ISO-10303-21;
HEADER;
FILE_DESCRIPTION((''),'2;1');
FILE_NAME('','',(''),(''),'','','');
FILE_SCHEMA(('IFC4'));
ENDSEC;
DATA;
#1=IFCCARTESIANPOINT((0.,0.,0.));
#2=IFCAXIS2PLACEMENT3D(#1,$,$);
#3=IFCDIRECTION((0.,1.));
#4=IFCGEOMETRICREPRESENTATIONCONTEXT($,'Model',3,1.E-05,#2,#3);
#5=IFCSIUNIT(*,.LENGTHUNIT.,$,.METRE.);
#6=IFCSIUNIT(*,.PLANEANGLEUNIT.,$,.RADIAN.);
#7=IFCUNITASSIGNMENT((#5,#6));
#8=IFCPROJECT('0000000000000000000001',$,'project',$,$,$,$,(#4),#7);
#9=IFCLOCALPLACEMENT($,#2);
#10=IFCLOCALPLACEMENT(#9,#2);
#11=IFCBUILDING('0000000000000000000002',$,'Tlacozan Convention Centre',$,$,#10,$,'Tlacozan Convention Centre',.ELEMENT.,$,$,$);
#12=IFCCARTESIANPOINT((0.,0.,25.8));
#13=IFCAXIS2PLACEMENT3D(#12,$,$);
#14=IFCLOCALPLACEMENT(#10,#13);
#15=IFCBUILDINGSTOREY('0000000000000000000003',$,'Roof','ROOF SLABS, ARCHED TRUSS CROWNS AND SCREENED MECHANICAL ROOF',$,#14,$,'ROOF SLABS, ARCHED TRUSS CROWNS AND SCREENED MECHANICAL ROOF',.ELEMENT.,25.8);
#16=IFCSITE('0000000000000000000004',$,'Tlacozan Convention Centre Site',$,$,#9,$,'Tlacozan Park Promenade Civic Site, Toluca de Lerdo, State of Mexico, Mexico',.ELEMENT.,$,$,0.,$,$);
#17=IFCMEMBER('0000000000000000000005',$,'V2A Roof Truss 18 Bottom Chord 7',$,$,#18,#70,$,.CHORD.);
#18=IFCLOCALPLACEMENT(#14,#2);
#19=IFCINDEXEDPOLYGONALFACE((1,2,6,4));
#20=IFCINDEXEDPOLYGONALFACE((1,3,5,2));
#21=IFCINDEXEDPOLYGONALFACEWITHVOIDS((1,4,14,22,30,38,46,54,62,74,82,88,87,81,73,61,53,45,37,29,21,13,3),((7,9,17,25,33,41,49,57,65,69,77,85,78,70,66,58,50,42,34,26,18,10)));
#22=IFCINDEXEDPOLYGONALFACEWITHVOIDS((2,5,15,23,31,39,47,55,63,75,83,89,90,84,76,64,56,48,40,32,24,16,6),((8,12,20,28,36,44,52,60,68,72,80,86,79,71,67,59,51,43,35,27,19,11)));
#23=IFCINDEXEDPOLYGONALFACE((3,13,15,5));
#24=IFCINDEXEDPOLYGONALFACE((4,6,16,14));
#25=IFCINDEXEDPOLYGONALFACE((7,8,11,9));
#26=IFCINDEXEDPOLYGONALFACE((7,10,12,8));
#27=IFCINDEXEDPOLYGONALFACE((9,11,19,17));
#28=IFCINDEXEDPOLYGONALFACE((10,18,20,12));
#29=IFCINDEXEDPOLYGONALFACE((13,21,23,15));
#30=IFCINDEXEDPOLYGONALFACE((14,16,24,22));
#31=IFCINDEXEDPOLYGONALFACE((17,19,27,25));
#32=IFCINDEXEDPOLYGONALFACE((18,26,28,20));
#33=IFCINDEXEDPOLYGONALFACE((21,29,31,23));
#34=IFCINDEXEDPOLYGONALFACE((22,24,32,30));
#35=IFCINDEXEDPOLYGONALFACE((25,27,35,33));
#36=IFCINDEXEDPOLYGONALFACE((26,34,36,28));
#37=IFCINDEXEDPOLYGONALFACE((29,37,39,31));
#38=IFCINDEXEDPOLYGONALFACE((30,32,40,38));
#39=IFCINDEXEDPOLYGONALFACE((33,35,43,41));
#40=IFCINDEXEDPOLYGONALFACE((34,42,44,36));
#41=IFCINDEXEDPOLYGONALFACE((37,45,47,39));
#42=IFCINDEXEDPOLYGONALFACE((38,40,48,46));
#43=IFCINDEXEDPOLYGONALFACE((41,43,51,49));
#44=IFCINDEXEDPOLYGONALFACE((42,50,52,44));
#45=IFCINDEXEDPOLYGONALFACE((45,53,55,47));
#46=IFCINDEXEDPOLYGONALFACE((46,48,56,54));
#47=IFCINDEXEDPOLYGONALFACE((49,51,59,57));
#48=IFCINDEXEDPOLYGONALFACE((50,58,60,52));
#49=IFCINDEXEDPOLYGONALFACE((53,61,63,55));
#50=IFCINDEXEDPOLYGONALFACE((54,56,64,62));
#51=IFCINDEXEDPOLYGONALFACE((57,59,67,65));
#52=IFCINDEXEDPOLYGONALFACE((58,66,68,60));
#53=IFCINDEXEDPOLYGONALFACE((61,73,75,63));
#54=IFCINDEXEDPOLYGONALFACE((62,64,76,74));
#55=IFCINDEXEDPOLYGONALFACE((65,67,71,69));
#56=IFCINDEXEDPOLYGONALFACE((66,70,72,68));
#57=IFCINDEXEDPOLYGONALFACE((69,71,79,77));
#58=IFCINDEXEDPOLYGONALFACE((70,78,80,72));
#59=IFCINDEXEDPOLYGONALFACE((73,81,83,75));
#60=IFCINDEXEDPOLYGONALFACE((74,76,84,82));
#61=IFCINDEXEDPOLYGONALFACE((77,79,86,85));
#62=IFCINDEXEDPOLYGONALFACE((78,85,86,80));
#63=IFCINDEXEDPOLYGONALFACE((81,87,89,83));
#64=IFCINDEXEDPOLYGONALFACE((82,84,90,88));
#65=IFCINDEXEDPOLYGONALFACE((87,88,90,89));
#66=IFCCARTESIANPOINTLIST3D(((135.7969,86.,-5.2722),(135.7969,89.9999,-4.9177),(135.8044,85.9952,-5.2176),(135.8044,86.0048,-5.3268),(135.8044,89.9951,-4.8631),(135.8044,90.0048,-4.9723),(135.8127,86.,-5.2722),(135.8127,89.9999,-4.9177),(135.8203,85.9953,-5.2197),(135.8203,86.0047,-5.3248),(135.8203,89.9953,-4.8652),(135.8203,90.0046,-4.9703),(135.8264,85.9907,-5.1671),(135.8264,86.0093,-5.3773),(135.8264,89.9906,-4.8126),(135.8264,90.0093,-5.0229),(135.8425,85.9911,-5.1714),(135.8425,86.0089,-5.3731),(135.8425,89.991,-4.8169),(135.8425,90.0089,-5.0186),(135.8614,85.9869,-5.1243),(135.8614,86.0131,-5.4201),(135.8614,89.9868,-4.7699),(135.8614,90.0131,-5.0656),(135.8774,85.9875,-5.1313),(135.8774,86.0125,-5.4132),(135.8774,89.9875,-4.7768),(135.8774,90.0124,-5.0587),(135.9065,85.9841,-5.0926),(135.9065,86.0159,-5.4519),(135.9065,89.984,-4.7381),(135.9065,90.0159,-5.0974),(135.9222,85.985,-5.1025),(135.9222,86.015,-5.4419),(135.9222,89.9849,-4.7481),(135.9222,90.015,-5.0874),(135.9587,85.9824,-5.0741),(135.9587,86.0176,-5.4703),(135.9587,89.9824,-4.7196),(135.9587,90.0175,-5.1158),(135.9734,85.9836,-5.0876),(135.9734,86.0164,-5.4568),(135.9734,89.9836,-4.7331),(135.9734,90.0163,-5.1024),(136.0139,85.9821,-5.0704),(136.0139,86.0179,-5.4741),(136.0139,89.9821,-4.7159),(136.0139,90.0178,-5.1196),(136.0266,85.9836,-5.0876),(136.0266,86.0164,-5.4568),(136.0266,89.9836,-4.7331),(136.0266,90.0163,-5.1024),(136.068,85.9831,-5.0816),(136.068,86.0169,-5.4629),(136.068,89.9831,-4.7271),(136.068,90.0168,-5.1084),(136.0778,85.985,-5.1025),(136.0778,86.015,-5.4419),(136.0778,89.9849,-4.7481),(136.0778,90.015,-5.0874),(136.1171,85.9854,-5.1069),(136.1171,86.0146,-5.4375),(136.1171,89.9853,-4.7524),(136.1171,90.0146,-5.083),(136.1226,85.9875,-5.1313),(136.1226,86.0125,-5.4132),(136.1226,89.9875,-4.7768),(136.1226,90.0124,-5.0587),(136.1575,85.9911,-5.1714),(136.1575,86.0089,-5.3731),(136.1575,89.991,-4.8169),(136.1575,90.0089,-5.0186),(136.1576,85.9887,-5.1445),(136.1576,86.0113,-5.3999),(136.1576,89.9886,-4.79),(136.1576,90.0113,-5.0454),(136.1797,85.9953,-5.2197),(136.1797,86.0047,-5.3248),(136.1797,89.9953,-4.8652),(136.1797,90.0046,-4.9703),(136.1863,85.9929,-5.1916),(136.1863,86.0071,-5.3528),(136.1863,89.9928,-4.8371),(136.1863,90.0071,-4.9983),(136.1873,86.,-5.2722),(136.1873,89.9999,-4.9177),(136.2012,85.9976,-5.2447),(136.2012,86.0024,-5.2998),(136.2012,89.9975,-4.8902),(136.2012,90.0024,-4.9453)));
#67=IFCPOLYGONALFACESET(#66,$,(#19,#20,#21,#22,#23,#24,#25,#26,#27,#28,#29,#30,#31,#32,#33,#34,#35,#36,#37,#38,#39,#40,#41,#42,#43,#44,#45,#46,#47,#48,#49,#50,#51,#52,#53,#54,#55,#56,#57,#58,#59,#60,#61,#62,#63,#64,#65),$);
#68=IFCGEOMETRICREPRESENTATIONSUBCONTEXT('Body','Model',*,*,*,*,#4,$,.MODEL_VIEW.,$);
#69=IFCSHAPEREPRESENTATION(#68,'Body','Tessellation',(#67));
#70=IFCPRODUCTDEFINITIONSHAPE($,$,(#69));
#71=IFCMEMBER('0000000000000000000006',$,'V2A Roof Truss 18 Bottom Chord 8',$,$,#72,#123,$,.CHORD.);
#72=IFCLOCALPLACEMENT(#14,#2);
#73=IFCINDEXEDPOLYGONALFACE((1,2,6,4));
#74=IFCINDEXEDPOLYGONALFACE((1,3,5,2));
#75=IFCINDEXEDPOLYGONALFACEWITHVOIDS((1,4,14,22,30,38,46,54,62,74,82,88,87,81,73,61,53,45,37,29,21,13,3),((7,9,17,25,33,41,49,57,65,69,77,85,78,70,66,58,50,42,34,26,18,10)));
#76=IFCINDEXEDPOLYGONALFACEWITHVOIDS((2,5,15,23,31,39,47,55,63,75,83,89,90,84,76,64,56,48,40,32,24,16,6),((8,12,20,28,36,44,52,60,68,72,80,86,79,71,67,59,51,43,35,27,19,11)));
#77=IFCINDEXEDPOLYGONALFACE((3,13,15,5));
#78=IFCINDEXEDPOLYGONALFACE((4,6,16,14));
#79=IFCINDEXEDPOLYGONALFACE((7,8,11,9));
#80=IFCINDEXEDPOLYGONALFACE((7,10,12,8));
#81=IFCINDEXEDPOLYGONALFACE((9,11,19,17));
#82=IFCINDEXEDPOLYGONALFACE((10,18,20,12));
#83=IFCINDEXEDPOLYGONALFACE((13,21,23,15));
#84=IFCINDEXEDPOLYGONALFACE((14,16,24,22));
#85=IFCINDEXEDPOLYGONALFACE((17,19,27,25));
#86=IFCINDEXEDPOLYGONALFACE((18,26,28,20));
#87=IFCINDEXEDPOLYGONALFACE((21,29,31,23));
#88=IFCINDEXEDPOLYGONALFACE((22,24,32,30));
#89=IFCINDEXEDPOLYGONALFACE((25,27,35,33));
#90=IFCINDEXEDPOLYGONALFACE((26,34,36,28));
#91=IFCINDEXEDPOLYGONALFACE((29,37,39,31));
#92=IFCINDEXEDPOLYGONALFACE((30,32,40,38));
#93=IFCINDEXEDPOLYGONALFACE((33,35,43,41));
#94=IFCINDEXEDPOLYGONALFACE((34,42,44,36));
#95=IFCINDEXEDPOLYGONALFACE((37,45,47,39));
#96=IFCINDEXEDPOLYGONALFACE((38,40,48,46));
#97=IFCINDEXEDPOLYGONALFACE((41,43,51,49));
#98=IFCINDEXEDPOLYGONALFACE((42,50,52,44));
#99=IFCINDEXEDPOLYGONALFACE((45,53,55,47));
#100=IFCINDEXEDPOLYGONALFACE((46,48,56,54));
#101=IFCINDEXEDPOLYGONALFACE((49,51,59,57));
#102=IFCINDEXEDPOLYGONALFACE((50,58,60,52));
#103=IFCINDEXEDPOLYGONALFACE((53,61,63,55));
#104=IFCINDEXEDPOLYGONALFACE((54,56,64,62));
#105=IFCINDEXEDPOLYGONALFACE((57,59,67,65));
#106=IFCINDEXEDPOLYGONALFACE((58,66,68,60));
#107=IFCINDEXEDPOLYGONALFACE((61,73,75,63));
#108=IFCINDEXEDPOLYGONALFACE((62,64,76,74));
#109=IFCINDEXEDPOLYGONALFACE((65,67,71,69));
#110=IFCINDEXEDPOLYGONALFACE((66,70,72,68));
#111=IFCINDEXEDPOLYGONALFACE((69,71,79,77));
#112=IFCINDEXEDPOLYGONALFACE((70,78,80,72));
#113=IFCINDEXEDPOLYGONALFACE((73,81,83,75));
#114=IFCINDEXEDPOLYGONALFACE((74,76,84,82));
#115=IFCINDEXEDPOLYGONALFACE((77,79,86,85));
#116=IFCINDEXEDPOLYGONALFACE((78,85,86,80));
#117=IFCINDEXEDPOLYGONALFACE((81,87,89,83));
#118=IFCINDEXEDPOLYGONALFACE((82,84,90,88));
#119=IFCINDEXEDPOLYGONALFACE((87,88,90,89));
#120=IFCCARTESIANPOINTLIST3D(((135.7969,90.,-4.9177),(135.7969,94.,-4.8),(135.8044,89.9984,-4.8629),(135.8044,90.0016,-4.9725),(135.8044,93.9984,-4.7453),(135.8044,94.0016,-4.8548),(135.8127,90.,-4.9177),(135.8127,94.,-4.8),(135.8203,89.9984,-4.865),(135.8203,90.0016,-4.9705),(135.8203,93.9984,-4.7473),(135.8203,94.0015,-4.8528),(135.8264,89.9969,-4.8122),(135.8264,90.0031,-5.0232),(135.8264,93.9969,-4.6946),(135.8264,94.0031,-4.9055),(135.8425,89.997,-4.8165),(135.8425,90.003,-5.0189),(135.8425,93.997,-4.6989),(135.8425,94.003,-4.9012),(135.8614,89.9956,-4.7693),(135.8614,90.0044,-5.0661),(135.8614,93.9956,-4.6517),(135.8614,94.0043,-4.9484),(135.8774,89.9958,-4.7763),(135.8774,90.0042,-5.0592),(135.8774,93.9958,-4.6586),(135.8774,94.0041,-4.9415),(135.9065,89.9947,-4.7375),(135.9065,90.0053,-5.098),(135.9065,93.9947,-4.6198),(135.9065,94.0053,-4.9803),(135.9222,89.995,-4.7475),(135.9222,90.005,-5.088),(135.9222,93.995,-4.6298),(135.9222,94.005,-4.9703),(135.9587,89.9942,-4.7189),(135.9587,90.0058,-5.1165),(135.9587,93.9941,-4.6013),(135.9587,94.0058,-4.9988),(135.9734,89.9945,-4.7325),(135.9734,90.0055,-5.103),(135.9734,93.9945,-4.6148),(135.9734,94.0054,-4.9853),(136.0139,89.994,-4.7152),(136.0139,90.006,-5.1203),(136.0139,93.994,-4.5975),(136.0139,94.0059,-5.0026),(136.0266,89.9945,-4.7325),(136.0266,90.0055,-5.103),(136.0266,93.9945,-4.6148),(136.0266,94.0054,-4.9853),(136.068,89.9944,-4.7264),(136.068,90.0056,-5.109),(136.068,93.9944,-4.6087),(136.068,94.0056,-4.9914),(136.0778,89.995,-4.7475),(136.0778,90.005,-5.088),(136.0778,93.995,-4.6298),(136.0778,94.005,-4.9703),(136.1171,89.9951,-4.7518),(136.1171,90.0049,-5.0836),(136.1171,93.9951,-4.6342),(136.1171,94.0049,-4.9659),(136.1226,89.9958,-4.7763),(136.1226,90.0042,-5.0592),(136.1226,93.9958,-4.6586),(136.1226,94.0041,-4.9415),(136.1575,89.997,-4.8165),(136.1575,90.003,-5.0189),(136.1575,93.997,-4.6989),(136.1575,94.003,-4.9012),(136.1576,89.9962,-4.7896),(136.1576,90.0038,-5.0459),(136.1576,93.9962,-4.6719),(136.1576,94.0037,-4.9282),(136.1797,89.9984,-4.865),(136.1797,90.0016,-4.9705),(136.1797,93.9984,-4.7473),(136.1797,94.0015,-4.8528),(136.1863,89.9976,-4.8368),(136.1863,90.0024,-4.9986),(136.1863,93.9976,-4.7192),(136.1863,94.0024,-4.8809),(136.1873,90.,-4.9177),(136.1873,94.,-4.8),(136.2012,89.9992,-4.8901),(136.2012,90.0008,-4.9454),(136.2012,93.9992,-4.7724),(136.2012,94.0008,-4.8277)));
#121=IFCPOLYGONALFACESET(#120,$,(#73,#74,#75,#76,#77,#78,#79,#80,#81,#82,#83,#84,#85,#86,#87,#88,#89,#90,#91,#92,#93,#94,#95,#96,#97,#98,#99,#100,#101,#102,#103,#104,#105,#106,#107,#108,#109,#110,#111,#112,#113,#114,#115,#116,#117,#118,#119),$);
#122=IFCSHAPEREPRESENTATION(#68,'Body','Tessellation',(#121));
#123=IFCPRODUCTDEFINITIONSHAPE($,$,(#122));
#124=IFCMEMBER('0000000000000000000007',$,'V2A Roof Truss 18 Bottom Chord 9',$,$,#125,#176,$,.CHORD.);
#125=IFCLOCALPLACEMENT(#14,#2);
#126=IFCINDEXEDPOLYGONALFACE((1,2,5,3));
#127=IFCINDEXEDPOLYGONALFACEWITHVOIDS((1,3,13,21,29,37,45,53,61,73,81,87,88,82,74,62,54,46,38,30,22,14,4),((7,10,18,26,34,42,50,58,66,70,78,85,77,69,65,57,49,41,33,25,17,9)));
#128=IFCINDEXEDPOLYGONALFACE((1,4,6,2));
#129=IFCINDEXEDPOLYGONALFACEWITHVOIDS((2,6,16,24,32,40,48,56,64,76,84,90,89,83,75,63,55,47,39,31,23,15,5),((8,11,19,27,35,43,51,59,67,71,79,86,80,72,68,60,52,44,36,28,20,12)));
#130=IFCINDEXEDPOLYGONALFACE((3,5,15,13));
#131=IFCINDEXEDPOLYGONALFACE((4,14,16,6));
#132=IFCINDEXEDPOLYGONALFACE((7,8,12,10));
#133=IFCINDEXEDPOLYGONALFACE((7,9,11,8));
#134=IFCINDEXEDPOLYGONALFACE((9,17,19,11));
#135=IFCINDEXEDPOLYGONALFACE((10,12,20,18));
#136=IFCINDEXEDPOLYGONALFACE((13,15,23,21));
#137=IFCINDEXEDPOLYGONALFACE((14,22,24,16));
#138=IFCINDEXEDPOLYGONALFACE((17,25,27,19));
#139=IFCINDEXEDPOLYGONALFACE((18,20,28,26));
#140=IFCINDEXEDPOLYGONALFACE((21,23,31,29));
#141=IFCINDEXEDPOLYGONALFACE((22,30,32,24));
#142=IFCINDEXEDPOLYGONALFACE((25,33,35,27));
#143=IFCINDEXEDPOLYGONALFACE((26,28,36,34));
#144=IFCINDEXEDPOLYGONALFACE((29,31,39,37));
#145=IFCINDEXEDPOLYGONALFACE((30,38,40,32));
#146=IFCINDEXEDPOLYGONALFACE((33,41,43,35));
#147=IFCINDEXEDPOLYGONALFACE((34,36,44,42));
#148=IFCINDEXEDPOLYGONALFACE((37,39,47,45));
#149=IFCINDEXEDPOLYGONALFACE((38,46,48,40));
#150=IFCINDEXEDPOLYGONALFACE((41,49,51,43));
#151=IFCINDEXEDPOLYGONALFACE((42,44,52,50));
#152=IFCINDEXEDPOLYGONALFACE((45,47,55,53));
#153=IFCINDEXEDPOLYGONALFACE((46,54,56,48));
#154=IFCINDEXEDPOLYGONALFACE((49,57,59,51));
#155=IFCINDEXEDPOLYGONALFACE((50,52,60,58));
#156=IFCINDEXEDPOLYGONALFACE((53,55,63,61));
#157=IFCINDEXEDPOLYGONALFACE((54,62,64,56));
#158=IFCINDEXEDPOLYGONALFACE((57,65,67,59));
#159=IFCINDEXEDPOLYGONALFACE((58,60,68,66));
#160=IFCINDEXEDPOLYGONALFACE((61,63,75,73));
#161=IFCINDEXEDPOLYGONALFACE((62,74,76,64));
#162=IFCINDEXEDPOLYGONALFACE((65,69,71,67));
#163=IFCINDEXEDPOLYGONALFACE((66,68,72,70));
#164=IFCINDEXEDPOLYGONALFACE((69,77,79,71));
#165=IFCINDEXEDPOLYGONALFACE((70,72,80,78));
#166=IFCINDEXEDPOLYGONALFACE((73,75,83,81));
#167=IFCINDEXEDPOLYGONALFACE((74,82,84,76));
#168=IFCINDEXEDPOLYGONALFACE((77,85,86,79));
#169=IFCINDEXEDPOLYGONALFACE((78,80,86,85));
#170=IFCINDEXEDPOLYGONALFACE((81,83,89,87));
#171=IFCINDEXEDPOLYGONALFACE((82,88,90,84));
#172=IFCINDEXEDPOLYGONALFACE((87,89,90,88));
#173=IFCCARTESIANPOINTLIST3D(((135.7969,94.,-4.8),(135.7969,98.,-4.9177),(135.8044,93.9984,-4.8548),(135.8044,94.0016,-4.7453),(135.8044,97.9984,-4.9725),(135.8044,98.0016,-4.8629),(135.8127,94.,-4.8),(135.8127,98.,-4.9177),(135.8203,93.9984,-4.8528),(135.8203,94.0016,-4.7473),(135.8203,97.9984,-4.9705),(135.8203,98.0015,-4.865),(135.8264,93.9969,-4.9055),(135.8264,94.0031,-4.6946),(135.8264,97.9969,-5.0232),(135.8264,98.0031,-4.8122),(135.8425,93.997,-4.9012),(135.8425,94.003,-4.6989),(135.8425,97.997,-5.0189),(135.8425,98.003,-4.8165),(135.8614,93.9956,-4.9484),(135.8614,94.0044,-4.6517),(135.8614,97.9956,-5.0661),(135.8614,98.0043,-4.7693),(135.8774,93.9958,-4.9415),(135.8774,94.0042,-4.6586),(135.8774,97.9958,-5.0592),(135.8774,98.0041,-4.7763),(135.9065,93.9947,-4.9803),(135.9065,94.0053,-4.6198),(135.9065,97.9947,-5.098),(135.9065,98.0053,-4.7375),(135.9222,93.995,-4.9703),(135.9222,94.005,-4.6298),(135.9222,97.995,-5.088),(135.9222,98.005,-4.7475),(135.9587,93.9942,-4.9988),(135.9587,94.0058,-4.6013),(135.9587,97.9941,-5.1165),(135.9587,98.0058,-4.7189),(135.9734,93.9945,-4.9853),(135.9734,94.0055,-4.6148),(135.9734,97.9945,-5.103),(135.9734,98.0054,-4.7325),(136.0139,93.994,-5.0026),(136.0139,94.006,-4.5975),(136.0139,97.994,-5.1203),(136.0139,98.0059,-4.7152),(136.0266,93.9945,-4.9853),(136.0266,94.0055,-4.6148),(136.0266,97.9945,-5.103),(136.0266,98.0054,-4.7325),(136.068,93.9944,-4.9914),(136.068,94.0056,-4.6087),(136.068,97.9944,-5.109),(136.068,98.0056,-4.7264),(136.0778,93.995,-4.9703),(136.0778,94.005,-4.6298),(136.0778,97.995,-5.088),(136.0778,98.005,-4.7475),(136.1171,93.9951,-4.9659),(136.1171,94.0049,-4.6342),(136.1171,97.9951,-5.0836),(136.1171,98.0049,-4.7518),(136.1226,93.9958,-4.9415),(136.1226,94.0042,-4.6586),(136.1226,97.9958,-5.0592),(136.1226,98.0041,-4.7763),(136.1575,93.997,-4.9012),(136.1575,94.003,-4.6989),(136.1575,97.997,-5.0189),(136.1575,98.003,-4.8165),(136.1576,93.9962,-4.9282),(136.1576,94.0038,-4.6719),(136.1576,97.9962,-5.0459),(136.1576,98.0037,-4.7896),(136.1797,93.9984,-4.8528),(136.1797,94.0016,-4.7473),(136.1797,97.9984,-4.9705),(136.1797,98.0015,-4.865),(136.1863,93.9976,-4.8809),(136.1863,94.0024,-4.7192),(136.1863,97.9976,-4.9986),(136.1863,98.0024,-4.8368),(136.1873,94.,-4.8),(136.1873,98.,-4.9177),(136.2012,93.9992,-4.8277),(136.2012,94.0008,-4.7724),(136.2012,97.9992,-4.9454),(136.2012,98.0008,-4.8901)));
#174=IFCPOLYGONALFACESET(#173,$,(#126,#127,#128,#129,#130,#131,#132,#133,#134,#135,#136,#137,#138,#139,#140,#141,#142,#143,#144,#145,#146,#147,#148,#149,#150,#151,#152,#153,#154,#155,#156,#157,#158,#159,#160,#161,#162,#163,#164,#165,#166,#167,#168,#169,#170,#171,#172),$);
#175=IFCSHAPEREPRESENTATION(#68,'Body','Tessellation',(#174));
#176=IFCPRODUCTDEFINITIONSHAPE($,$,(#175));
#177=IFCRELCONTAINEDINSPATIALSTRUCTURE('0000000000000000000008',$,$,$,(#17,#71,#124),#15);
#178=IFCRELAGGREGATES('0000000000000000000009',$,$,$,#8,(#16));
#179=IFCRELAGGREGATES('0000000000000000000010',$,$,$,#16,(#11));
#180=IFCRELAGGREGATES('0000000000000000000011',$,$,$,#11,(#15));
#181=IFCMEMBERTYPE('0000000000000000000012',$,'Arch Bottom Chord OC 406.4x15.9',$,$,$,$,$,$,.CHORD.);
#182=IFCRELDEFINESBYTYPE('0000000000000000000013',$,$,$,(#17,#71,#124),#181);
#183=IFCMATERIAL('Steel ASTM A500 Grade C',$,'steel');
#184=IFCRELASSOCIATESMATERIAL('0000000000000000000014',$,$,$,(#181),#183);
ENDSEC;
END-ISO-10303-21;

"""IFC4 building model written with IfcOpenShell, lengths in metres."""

from ifc_helpers import new_model, si_unit, direction, frame, origin, origin_2d, place, context, subcontext, project, spatial, hollow_circle, extrude, material, material_profile, profile_set, type_object, element, save


model = new_model("IFC4")

# Units and contexts
model_context = context("Model", 3, precision=1e-05, world=origin(), true_north=direction((0.0, 1.0)))
body_context = subcontext(model_context, "Body", "Model", "MODEL_VIEW")
ifc_project = project(units=[si_unit("LENGTHUNIT", "METRE"), si_unit("PLANEANGLEUNIT", "RADIAN")], contexts=[model_context])

# Site, building, storey
site_placement = place(None, origin())
site = spatial("IfcSite", under=ifc_project, at=site_placement, Name="Tlacozan Convention Centre Site", LongName="Tlacozan Park Promenade Civic Site, Toluca de Lerdo, State of Mexico, Mexico", CompositionType="ELEMENT", RefElevation=0.0)
building_placement = place(site_placement, origin())
building = spatial("IfcBuilding", under=site, at=building_placement, Name="Tlacozan Convention Centre", LongName="Tlacozan Convention Centre", CompositionType="ELEMENT")
storey_placement = place(building_placement, frame((0.0, 0.0, 25.8)))
storey = spatial("IfcBuildingStorey", under=building, at=storey_placement, Name="Roof", Description="ROOF SLABS, ARCHED TRUSS CROWNS AND SCREENED MECHANICAL ROOF", LongName="ROOF SLABS, ARCHED TRUSS CROWNS AND SCREENED MECHANICAL ROOF", CompositionType="ELEMENT", Elevation=25.8)

# Members
ifc_material_1 = material(Name="Steel ASTM A500 Grade C", Category="steel")
ifc_material_profile_1 = material_profile(ifc_material_1, hollow_circle(Radius=0.2031, WallThickness=0.0159, at=origin_2d()), Name="OC 406.4x15.9")
ifc_profile_set_1 = profile_set([ifc_material_profile_1], Name="Steel ASTM A500 Grade C")
member_type_1 = type_object("IfcMemberType", Name="Arch Bottom Chord OC 406.4x15.9", PredefinedType="CHORD", material=ifc_profile_set_1)
member_1_placement = place(storey_placement, frame((136.0, 86.0, -5.2722), z_axis=(0.0, 0.996096, 0.088277), x_axis=(-1.0, 0.0, 0.0)))
element("IfcMember", 1, at=member_1_placement, inside=storey, type_object=member_type_1, Name="V2A Roof Truss 18 Bottom Chord 7", PredefinedType="CHORD", context=body_context, shape_type="SweptSolid", body=[
    extrude(hollow_circle(Radius=0.2031, WallThickness=0.0159, at=origin_2d()), origin(), (0.0, 0.0, 1.0), 4.0156),
])
for number, where, z_axis, x_axis, name in (
    (2, (136.0, 90.0, -4.9177), (0.0, 0.999568, 0.029406), (-1.0, 0.0, 0.0), "V2A Roof Truss 18 Bottom Chord 8"),
    (3, (136.0, 94.0, -4.8), (0.0, 0.999568, -0.029406), (-1.0, 0.0, 0.0), "V2A Roof Truss 18 Bottom Chord 9"),
):
    element("IfcMember", number, at=place(storey_placement, frame(where, z_axis=z_axis, x_axis=x_axis)), inside=storey, type_object=member_type_1, Name=name, PredefinedType="CHORD", context=body_context, shape_type="SweptSolid", body=[
        extrude(hollow_circle(Radius=0.2031, WallThickness=0.0159, at=origin_2d()), origin(), (0.0, 0.0, 1.0), 4.0017),
    ])

save(model, "model.ifc")
